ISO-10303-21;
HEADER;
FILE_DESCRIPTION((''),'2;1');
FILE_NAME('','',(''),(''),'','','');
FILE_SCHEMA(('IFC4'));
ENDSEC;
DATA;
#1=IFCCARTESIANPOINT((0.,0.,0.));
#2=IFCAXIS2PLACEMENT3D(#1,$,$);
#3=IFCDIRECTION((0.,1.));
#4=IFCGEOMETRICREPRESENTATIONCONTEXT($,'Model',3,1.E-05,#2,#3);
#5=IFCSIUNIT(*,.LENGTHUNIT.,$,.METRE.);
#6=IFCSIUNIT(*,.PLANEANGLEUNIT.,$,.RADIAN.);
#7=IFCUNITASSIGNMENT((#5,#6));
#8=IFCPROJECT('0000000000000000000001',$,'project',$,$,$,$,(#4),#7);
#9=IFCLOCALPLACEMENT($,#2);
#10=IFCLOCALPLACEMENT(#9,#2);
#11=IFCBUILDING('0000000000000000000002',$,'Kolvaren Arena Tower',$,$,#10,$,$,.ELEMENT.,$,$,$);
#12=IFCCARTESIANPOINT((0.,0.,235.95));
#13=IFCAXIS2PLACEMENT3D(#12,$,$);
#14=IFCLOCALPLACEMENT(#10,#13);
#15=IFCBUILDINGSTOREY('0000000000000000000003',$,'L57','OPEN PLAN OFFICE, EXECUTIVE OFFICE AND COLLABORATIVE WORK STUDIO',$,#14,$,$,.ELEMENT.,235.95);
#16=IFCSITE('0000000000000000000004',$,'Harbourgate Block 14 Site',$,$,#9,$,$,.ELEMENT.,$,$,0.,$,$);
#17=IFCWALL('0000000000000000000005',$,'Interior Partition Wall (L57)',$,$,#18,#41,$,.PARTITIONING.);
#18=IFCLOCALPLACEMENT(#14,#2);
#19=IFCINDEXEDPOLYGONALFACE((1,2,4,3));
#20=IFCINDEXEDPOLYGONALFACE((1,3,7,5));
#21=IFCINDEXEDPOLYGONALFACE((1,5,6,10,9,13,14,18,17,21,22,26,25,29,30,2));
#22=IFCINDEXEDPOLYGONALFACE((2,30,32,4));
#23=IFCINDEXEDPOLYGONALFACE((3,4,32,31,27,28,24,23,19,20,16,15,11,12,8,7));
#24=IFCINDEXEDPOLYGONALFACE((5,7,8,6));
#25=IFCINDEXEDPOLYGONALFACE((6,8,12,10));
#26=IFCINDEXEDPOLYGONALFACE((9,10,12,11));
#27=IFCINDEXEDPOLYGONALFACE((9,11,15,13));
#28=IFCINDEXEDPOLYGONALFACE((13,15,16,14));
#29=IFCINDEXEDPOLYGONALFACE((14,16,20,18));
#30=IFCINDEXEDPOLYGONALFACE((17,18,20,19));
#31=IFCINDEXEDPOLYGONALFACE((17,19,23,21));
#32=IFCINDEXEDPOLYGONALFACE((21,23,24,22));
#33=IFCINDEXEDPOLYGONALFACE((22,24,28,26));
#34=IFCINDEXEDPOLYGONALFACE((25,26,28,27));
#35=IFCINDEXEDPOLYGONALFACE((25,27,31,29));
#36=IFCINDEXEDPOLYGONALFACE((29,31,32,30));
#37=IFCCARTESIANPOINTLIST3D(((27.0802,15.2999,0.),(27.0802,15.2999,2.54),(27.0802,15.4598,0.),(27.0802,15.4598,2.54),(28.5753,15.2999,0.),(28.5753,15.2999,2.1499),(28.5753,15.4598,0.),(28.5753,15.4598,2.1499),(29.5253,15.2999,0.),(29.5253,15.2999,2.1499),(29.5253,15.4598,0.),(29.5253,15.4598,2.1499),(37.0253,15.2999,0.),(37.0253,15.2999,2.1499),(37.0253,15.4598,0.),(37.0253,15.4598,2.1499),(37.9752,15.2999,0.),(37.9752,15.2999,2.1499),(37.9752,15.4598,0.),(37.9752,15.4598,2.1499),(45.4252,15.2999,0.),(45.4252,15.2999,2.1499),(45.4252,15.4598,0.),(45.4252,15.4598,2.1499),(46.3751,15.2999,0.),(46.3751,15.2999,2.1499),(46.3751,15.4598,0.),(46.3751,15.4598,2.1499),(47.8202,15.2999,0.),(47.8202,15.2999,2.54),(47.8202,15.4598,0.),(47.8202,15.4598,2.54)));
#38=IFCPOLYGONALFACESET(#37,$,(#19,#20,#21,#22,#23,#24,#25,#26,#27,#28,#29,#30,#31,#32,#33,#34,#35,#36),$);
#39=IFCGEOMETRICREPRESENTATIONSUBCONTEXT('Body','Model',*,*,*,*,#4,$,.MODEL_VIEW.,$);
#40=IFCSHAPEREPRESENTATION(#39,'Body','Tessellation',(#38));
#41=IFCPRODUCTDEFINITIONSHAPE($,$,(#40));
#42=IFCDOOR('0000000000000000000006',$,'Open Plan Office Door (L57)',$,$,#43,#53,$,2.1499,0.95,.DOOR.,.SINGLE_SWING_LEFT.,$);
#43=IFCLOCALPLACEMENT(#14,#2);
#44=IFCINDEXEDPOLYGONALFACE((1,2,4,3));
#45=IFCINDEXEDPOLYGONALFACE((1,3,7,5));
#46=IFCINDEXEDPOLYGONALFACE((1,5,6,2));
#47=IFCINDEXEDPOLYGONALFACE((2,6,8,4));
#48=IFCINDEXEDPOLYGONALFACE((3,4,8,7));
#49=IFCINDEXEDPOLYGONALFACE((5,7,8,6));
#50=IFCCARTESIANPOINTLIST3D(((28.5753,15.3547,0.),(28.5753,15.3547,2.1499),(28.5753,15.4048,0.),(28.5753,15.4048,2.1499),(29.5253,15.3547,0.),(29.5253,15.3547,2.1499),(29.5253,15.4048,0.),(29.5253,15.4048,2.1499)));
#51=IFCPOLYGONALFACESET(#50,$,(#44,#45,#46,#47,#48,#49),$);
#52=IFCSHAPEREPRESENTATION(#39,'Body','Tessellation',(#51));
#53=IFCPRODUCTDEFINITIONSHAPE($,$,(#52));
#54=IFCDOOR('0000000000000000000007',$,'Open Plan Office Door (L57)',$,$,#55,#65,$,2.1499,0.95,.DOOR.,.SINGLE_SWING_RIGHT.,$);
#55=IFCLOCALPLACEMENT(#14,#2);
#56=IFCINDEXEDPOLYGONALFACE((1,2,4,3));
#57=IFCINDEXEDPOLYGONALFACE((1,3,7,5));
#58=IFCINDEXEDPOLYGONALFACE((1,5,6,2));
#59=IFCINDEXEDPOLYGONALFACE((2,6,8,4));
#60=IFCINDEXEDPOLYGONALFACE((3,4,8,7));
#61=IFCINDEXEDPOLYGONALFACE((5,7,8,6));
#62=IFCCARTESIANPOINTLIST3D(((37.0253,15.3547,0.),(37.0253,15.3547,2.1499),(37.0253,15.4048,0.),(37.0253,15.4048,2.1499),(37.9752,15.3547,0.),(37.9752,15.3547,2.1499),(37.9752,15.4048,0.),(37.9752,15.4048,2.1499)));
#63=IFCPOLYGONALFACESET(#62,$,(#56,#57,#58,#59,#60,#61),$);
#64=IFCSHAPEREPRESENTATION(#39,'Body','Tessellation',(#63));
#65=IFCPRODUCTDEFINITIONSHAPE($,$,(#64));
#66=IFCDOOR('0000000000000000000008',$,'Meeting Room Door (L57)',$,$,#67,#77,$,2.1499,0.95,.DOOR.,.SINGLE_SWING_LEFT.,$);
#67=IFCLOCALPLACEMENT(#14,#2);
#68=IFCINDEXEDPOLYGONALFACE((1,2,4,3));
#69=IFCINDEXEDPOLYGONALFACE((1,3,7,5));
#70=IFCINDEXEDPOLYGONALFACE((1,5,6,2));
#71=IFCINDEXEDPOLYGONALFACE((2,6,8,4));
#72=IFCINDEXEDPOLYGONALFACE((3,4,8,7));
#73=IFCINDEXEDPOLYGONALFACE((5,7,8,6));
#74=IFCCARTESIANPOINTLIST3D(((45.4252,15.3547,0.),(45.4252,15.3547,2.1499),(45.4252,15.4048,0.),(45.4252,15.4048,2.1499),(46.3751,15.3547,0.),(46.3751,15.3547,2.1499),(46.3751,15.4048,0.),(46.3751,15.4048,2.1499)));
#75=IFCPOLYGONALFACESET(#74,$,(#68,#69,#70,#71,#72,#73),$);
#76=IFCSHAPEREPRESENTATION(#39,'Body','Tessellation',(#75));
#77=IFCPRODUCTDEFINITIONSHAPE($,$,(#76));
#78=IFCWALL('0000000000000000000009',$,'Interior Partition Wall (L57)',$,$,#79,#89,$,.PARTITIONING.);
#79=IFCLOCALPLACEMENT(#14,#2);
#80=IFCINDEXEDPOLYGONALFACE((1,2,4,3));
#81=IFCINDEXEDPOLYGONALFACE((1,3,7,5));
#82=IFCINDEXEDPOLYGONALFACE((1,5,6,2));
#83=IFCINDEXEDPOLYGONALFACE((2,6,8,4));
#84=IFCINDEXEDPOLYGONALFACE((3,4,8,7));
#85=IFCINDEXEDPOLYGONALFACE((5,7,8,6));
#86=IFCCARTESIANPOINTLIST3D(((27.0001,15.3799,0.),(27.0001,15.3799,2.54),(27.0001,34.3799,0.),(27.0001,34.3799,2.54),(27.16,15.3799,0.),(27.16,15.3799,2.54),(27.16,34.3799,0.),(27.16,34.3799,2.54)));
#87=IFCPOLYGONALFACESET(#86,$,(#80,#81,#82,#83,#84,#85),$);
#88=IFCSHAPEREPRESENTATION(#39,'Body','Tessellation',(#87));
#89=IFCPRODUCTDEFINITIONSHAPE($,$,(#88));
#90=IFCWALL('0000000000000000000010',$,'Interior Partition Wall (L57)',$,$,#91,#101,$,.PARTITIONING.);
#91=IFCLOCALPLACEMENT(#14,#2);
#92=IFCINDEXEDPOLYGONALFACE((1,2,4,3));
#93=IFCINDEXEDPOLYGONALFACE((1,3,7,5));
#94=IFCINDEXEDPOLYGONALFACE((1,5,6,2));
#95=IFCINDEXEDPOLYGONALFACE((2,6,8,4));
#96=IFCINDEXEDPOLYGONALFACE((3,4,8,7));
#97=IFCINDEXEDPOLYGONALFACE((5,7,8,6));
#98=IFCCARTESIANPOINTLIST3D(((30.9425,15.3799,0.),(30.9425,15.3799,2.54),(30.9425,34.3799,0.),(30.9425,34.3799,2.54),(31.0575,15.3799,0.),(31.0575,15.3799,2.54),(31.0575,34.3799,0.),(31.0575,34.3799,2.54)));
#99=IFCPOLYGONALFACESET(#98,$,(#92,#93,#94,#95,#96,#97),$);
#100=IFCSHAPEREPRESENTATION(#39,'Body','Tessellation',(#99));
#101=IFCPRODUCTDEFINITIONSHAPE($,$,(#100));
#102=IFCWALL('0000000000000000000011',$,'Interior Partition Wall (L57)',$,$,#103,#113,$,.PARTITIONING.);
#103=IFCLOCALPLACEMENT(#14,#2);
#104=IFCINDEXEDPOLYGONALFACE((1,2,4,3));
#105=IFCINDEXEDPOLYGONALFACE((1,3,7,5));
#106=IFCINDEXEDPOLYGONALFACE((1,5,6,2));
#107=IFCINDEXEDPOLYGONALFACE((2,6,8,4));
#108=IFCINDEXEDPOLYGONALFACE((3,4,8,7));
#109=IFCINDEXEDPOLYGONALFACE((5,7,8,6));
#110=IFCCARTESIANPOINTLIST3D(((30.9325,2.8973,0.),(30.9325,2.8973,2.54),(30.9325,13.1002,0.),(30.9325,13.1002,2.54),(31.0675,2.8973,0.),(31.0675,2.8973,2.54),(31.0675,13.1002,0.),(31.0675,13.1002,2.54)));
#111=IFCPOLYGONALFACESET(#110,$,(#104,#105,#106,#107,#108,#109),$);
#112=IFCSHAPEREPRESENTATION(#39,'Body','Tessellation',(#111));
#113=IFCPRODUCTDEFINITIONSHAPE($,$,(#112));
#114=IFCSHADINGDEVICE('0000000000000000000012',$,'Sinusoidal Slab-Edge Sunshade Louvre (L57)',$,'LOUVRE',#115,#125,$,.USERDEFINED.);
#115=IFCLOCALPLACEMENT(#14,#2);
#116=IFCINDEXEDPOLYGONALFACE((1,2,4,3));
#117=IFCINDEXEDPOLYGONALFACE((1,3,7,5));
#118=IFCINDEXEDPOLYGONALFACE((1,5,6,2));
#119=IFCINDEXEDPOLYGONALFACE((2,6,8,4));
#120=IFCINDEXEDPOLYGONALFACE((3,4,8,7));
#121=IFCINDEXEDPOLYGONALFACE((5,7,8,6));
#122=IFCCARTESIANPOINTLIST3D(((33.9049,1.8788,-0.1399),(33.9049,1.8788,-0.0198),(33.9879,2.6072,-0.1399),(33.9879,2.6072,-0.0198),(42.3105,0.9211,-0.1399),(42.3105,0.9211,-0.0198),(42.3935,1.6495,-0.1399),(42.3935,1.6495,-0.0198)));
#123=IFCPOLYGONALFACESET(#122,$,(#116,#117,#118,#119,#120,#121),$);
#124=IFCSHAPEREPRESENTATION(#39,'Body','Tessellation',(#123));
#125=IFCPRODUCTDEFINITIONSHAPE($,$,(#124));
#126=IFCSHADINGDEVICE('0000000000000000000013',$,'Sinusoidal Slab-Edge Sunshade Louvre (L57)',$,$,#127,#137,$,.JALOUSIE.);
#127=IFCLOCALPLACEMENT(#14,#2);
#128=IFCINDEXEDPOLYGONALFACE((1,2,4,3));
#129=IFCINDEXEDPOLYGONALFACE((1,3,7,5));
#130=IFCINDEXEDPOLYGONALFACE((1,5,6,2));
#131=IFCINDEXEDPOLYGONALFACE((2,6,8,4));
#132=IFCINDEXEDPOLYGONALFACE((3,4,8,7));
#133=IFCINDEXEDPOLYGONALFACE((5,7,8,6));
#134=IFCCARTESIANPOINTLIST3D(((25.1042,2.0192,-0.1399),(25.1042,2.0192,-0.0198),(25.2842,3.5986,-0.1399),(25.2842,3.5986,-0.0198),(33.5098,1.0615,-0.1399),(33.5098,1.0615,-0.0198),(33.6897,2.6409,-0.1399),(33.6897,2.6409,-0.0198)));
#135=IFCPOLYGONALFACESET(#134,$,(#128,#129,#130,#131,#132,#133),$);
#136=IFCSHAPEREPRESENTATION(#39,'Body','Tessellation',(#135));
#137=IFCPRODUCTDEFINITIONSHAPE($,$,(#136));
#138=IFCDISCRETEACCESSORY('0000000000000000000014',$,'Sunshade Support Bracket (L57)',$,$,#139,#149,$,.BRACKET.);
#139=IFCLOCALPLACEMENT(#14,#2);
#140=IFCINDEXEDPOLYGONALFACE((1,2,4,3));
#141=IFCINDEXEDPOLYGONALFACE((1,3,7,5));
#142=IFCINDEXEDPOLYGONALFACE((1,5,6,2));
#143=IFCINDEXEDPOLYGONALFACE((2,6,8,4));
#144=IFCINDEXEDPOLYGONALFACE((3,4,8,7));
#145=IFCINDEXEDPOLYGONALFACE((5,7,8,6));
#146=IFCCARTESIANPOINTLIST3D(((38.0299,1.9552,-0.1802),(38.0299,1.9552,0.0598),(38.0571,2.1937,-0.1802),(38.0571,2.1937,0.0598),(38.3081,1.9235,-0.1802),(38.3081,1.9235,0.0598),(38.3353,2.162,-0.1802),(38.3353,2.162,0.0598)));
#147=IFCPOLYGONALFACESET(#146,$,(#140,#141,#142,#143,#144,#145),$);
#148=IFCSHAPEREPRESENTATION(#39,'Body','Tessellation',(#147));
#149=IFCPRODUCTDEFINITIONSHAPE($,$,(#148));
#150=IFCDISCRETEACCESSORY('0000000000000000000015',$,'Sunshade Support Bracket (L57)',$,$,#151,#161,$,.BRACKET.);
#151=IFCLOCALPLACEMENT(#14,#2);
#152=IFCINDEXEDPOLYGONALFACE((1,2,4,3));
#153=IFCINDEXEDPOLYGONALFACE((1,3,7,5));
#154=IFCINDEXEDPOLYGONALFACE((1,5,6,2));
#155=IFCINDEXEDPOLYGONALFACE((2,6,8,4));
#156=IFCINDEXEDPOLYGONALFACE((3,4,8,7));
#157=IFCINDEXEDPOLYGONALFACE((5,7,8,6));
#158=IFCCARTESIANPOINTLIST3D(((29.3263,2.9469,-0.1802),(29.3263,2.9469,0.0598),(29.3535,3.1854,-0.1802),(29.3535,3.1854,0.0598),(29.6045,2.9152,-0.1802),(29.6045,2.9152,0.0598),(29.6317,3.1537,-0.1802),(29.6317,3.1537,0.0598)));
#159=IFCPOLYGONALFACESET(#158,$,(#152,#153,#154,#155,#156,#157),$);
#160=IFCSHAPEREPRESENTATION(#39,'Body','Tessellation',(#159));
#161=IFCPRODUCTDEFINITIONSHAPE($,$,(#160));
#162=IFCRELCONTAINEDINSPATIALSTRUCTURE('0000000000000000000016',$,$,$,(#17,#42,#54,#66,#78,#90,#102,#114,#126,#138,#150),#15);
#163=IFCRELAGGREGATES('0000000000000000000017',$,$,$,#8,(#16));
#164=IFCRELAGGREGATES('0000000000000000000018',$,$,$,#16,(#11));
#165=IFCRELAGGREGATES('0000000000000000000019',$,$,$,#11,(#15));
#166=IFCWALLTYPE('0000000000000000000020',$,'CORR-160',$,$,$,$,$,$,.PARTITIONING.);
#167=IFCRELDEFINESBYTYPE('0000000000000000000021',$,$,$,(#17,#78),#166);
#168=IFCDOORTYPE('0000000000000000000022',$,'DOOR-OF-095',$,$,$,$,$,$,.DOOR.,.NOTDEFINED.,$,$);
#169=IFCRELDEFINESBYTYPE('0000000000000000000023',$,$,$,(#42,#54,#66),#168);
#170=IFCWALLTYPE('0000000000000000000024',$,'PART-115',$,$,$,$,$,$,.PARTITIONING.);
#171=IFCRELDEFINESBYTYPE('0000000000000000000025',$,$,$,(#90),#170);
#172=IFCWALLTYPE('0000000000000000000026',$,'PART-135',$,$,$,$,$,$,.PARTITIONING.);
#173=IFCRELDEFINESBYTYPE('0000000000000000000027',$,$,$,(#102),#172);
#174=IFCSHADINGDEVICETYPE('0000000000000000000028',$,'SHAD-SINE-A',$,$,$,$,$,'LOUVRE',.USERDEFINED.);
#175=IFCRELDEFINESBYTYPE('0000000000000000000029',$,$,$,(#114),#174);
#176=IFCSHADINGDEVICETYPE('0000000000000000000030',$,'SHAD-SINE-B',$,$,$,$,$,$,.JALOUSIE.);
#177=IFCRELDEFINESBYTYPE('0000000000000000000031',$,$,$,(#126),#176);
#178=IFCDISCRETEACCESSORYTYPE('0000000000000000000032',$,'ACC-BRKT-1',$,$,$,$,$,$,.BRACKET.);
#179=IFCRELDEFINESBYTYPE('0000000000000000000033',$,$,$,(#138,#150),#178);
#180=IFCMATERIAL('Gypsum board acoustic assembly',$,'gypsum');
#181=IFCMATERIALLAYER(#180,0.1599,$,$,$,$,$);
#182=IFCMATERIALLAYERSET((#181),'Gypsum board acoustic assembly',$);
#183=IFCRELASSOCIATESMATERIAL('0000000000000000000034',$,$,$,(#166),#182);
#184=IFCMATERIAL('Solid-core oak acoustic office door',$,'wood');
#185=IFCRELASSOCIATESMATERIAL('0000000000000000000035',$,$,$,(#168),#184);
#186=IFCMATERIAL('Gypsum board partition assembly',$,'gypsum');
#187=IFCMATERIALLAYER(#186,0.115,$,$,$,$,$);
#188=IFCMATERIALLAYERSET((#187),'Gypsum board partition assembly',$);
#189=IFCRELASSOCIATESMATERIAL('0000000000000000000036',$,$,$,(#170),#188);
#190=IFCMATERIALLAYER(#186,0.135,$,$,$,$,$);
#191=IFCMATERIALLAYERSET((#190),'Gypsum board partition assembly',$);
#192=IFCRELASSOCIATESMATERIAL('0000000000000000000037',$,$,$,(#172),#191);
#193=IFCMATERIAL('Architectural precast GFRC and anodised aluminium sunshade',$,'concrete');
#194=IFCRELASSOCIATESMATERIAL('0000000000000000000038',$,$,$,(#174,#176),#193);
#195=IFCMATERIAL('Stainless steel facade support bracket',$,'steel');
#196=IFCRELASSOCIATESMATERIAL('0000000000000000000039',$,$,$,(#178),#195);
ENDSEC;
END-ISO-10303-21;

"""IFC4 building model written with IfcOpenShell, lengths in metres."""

from ifc_helpers import new_model, si_unit, direction, frame, frame_2d, origin, origin_2d, place, context, subcontext, project, spatial, rectangle, extrude, material, layer, layer_set, type_object, element, fill, save


model = new_model("IFC4")

# Units and contexts
model_context = context("Model", 3, precision=1e-05, world=origin(), true_north=direction((0.0, 1.0)))
body_context = subcontext(model_context, "Body", "Model", "MODEL_VIEW")
ifc_project = project(units=[si_unit("LENGTHUNIT", "METRE"), si_unit("PLANEANGLEUNIT", "RADIAN")], contexts=[model_context])

# Site, building, storey
site_placement = place(None, origin())
site = spatial("IfcSite", under=ifc_project, at=site_placement, Name="Harbourgate Block 14 Site", CompositionType="ELEMENT", RefElevation=0.0)
building_placement = place(site_placement, origin())
building = spatial("IfcBuilding", under=site, at=building_placement, Name="Kolvaren Arena Tower", CompositionType="ELEMENT")
storey_placement = place(building_placement, frame((0.0, 0.0, 235.95)))
storey = spatial("IfcBuildingStorey", under=building, at=storey_placement, Name="L57", Description="OPEN PLAN OFFICE, EXECUTIVE OFFICE AND COLLABORATIVE WORK STUDIO", CompositionType="ELEMENT", Elevation=235.95)

# Wall, openings, doors
ifc_material_1 = material(Name="Gypsum board acoustic assembly", Category="gypsum")
ifc_layer_1 = layer(ifc_material_1, 0.1599)
ifc_layer_set_1 = layer_set([ifc_layer_1], Name="Gypsum board acoustic assembly")
wall_type_1 = type_object("IfcWallType", Name="CORR-160", PredefinedType="PARTITIONING", material=ifc_layer_set_1)
wall_1_placement = place(storey_placement, frame((27.0801, 15.3799, 0.0), z_axis=(0.0, 0.0, 1.0), x_axis=(1.0, 0.0, 0.0)))
wall_1 = element("IfcWall", 1, at=wall_1_placement, inside=storey, type_object=wall_type_1, Name="Interior Partition Wall (L57)", PredefinedType="PARTITIONING", context=body_context, shape_type="SweptSolid", body=[
    extrude(rectangle(XDim=20.74, YDim=0.1599, at=frame_2d((10.3701, 0.0))), origin(), (0.0, 0.0, 1.0), 2.54),
])
opening_1_placement = place(wall_1_placement, frame((1.4951, 0.0, 0.0)))
opening_1 = element("IfcOpeningElement", 2, at=opening_1_placement, cuts=wall_1, PredefinedType="OPENING", context=body_context, shape_type="SweptSolid", body=[
    extrude(rectangle(XDim=0.95, YDim=2.1499, at=frame_2d((0.4751, 1.075))), frame((0.0, 0.0898, 0.0), z_axis=(0.0, -1.0, 0.0), x_axis=(1.0, 0.0, 0.0)), (0.0, 0.0, 1.0), 0.1799),
])
opening_2_placement = place(wall_1_placement, frame((9.9451, 0.0, 0.0)))
opening_2 = element("IfcOpeningElement", 3, at=opening_2_placement, cuts=wall_1, PredefinedType="OPENING", context=body_context, shape_type="SweptSolid", body=[
    extrude(rectangle(XDim=0.95, YDim=2.1499, at=frame_2d((0.4751, 1.075))), frame((0.0, 0.0898, 0.0), z_axis=(0.0, -1.0, 0.0), x_axis=(1.0, 0.0, 0.0)), (0.0, 0.0, 1.0), 0.1799),
])
opening_3_placement = place(wall_1_placement, frame((18.345, 0.0, 0.0)))
opening_3 = element("IfcOpeningElement", 4, at=opening_3_placement, cuts=wall_1, PredefinedType="OPENING", context=body_context, shape_type="SweptSolid", body=[
    extrude(rectangle(XDim=0.95, YDim=2.1499, at=frame_2d((0.4751, 1.075))), frame((0.0, 0.0898, 0.0), z_axis=(0.0, -1.0, 0.0), x_axis=(1.0, 0.0, 0.0)), (0.0, 0.0, 1.0), 0.1799),
])
ifc_material_2 = material(Name="Solid-core oak acoustic office door", Category="wood")
door_type = type_object("IfcDoorType", Name="DOOR-OF-095", OperationType="NOTDEFINED", PredefinedType="DOOR", material=ifc_material_2)
door_1_placement = place(opening_1_placement, origin())
door_1 = element("IfcDoor", 5, at=door_1_placement, inside=storey, type_object=door_type, Name="Open Plan Office Door (L57)", OperationType="SINGLE_SWING_LEFT", OverallHeight=2.1499, OverallWidth=0.95, PredefinedType="DOOR", context=body_context, shape_type="SweptSolid", body=[
    extrude(rectangle(XDim=0.95, YDim=2.1499, at=frame_2d((0.4751, 1.075))), frame((0.0, 0.0249, 0.0), z_axis=(0.0, -1.0, 0.0), x_axis=(1.0, 0.0, 0.0)), (0.0, 0.0, 1.0), 0.05),
])
fill(opening_1, door_1)
door_2_placement = place(opening_2_placement, origin())
door_2 = element("IfcDoor", 6, at=door_2_placement, inside=storey, type_object=door_type, Name="Open Plan Office Door (L57)", OperationType="SINGLE_SWING_RIGHT", OverallHeight=2.1499, OverallWidth=0.95, PredefinedType="DOOR", context=body_context, shape_type="SweptSolid", body=[
    extrude(rectangle(XDim=0.95, YDim=2.1499, at=frame_2d((0.4751, 1.075))), frame((0.0, 0.0249, 0.0), z_axis=(0.0, -1.0, 0.0), x_axis=(1.0, 0.0, 0.0)), (0.0, 0.0, 1.0), 0.05),
])
fill(opening_2, door_2)
door_3_placement = place(opening_3_placement, origin())
door_3 = element("IfcDoor", 7, at=door_3_placement, inside=storey, type_object=door_type, Name="Meeting Room Door (L57)", OperationType="SINGLE_SWING_LEFT", OverallHeight=2.1499, OverallWidth=0.95, PredefinedType="DOOR", context=body_context, shape_type="SweptSolid", body=[
    extrude(rectangle(XDim=0.95, YDim=2.1499, at=frame_2d((0.4751, 1.075))), frame((0.0, 0.0249, 0.0), z_axis=(0.0, -1.0, 0.0), x_axis=(1.0, 0.0, 0.0)), (0.0, 0.0, 1.0), 0.05),
])
fill(opening_3, door_3)

# Walls
wall_2_placement = place(storey_placement, frame((27.0801, 15.3799, 0.0), z_axis=(0.0, 0.0, 1.0), x_axis=(0.0, 1.0, 0.0)))
element("IfcWall", 8, at=wall_2_placement, inside=storey, type_object=wall_type_1, Name="Interior Partition Wall (L57)", PredefinedType="PARTITIONING", context=body_context, shape_type="SweptSolid", body=[
    extrude(rectangle(XDim=19.0, YDim=0.1599, at=frame_2d((9.5, 0.0))), origin(), (0.0, 0.0, 1.0), 2.54),
])
ifc_material_3 = material(Name="Gypsum board partition assembly", Category="gypsum")
ifc_layer_2 = layer(ifc_material_3, 0.115)
ifc_layer_set_2 = layer_set([ifc_layer_2], Name="Gypsum board partition assembly")
wall_type_2 = type_object("IfcWallType", Name="PART-115", PredefinedType="PARTITIONING", material=ifc_layer_set_2)
wall_3_placement = place(storey_placement, frame((31.0, 15.3799, 0.0), z_axis=(0.0, 0.0, 1.0), x_axis=(0.0, 1.0, 0.0)))
element("IfcWall", 9, at=wall_3_placement, inside=storey, type_object=wall_type_2, Name="Interior Partition Wall (L57)", PredefinedType="PARTITIONING", context=body_context, shape_type="SweptSolid", body=[
    extrude(rectangle(XDim=19.0, YDim=0.115, at=frame_2d((9.5, 0.0))), origin(), (0.0, 0.0, 1.0), 2.54),
])
ifc_layer_3 = layer(ifc_material_3, 0.135)
ifc_layer_set_3 = layer_set([ifc_layer_3], Name="Gypsum board partition assembly")
wall_type_3 = type_object("IfcWallType", Name="PART-135", PredefinedType="PARTITIONING", material=ifc_layer_set_3)
wall_4_placement = place(storey_placement, frame((31.0, 2.8972, 0.0), z_axis=(0.0, 0.0, 1.0), x_axis=(0.0, 1.0, 0.0)))
element("IfcWall", 10, at=wall_4_placement, inside=storey, type_object=wall_type_3, Name="Interior Partition Wall (L57)", PredefinedType="PARTITIONING", context=body_context, shape_type="SweptSolid", body=[
    extrude(rectangle(XDim=10.2029, YDim=0.135, at=frame_2d((5.1016, 0.0))), origin(), (0.0, 0.0, 1.0), 2.54),
])

# Shading devices
ifc_material_4 = material(Name="Architectural precast GFRC and anodised aluminium sunshade", Category="concrete")
shading_device_type_1 = type_object("IfcShadingDeviceType", Name="SHAD-SINE-A", ElementType="LOUVRE", PredefinedType="USERDEFINED", material=ifc_material_4)
shading_device_1_placement = place(storey_placement, frame((38.1492, 1.7642, -0.1399), z_axis=(0.0, 0.0, 1.0), x_axis=(-0.993572, 0.113205, 0.0)))
element("IfcShadingDevice", 11, at=shading_device_1_placement, inside=storey, type_object=shading_device_type_1, Name="Sinusoidal Slab-Edge Sunshade Louvre (L57)", ObjectType="LOUVRE", PredefinedType="USERDEFINED", context=body_context, shape_type="SweptSolid", body=[
    extrude(rectangle(XDim=8.46, YDim=0.7332, at=origin_2d()), origin(), (0.0, 0.0, 1.0), 0.1201),
])
shading_device_type_2 = type_object("IfcShadingDeviceType", Name="SHAD-SINE-B", PredefinedType="JALOUSIE", material=ifc_material_4)
shading_device_2_placement = place(storey_placement, frame((29.397, 2.3301, -0.1399), z_axis=(0.0, 0.0, 1.0), x_axis=(-0.993572, 0.113205, 0.0)))
element("IfcShadingDevice", 12, at=shading_device_2_placement, inside=storey, type_object=shading_device_type_2, Name="Sinusoidal Slab-Edge Sunshade Louvre (L57)", PredefinedType="JALOUSIE", context=body_context, shape_type="SweptSolid", body=[
    extrude(rectangle(XDim=8.46, YDim=1.5896, at=origin_2d()), origin(), (0.0, 0.0, 1.0), 0.1201),
])

# Discrete accessories
ifc_material_5 = material(Name="Stainless steel facade support bracket", Category="steel")
discrete_accessory_type = type_object("IfcDiscreteAccessoryType", Name="ACC-BRKT-1", PredefinedType="BRACKET", material=ifc_material_5)
for number, where, z_axis, x_axis, name in (
    (13, (38.1826, 2.0586, -0.1802), (0.0, 0.0, 1.0), (-0.993572, 0.113205, 0.0), "Sunshade Support Bracket (L57)"),
    (14, (29.479, 3.0503, -0.1802), (0.0, 0.0, 1.0), (-0.993572, 0.113205, 0.0), "Sunshade Support Bracket (L57)"),
):
    element("IfcDiscreteAccessory", number, at=place(storey_placement, frame(where, z_axis=z_axis, x_axis=x_axis)), inside=storey, type_object=discrete_accessory_type, Name=name, PredefinedType="BRACKET", context=body_context, shape_type="SweptSolid", body=[
        extrude(rectangle(XDim=0.28, YDim=0.24, at=origin_2d()), origin(), (0.0, 0.0, 1.0), 0.24),
    ])

save(model, "model.ifc")
